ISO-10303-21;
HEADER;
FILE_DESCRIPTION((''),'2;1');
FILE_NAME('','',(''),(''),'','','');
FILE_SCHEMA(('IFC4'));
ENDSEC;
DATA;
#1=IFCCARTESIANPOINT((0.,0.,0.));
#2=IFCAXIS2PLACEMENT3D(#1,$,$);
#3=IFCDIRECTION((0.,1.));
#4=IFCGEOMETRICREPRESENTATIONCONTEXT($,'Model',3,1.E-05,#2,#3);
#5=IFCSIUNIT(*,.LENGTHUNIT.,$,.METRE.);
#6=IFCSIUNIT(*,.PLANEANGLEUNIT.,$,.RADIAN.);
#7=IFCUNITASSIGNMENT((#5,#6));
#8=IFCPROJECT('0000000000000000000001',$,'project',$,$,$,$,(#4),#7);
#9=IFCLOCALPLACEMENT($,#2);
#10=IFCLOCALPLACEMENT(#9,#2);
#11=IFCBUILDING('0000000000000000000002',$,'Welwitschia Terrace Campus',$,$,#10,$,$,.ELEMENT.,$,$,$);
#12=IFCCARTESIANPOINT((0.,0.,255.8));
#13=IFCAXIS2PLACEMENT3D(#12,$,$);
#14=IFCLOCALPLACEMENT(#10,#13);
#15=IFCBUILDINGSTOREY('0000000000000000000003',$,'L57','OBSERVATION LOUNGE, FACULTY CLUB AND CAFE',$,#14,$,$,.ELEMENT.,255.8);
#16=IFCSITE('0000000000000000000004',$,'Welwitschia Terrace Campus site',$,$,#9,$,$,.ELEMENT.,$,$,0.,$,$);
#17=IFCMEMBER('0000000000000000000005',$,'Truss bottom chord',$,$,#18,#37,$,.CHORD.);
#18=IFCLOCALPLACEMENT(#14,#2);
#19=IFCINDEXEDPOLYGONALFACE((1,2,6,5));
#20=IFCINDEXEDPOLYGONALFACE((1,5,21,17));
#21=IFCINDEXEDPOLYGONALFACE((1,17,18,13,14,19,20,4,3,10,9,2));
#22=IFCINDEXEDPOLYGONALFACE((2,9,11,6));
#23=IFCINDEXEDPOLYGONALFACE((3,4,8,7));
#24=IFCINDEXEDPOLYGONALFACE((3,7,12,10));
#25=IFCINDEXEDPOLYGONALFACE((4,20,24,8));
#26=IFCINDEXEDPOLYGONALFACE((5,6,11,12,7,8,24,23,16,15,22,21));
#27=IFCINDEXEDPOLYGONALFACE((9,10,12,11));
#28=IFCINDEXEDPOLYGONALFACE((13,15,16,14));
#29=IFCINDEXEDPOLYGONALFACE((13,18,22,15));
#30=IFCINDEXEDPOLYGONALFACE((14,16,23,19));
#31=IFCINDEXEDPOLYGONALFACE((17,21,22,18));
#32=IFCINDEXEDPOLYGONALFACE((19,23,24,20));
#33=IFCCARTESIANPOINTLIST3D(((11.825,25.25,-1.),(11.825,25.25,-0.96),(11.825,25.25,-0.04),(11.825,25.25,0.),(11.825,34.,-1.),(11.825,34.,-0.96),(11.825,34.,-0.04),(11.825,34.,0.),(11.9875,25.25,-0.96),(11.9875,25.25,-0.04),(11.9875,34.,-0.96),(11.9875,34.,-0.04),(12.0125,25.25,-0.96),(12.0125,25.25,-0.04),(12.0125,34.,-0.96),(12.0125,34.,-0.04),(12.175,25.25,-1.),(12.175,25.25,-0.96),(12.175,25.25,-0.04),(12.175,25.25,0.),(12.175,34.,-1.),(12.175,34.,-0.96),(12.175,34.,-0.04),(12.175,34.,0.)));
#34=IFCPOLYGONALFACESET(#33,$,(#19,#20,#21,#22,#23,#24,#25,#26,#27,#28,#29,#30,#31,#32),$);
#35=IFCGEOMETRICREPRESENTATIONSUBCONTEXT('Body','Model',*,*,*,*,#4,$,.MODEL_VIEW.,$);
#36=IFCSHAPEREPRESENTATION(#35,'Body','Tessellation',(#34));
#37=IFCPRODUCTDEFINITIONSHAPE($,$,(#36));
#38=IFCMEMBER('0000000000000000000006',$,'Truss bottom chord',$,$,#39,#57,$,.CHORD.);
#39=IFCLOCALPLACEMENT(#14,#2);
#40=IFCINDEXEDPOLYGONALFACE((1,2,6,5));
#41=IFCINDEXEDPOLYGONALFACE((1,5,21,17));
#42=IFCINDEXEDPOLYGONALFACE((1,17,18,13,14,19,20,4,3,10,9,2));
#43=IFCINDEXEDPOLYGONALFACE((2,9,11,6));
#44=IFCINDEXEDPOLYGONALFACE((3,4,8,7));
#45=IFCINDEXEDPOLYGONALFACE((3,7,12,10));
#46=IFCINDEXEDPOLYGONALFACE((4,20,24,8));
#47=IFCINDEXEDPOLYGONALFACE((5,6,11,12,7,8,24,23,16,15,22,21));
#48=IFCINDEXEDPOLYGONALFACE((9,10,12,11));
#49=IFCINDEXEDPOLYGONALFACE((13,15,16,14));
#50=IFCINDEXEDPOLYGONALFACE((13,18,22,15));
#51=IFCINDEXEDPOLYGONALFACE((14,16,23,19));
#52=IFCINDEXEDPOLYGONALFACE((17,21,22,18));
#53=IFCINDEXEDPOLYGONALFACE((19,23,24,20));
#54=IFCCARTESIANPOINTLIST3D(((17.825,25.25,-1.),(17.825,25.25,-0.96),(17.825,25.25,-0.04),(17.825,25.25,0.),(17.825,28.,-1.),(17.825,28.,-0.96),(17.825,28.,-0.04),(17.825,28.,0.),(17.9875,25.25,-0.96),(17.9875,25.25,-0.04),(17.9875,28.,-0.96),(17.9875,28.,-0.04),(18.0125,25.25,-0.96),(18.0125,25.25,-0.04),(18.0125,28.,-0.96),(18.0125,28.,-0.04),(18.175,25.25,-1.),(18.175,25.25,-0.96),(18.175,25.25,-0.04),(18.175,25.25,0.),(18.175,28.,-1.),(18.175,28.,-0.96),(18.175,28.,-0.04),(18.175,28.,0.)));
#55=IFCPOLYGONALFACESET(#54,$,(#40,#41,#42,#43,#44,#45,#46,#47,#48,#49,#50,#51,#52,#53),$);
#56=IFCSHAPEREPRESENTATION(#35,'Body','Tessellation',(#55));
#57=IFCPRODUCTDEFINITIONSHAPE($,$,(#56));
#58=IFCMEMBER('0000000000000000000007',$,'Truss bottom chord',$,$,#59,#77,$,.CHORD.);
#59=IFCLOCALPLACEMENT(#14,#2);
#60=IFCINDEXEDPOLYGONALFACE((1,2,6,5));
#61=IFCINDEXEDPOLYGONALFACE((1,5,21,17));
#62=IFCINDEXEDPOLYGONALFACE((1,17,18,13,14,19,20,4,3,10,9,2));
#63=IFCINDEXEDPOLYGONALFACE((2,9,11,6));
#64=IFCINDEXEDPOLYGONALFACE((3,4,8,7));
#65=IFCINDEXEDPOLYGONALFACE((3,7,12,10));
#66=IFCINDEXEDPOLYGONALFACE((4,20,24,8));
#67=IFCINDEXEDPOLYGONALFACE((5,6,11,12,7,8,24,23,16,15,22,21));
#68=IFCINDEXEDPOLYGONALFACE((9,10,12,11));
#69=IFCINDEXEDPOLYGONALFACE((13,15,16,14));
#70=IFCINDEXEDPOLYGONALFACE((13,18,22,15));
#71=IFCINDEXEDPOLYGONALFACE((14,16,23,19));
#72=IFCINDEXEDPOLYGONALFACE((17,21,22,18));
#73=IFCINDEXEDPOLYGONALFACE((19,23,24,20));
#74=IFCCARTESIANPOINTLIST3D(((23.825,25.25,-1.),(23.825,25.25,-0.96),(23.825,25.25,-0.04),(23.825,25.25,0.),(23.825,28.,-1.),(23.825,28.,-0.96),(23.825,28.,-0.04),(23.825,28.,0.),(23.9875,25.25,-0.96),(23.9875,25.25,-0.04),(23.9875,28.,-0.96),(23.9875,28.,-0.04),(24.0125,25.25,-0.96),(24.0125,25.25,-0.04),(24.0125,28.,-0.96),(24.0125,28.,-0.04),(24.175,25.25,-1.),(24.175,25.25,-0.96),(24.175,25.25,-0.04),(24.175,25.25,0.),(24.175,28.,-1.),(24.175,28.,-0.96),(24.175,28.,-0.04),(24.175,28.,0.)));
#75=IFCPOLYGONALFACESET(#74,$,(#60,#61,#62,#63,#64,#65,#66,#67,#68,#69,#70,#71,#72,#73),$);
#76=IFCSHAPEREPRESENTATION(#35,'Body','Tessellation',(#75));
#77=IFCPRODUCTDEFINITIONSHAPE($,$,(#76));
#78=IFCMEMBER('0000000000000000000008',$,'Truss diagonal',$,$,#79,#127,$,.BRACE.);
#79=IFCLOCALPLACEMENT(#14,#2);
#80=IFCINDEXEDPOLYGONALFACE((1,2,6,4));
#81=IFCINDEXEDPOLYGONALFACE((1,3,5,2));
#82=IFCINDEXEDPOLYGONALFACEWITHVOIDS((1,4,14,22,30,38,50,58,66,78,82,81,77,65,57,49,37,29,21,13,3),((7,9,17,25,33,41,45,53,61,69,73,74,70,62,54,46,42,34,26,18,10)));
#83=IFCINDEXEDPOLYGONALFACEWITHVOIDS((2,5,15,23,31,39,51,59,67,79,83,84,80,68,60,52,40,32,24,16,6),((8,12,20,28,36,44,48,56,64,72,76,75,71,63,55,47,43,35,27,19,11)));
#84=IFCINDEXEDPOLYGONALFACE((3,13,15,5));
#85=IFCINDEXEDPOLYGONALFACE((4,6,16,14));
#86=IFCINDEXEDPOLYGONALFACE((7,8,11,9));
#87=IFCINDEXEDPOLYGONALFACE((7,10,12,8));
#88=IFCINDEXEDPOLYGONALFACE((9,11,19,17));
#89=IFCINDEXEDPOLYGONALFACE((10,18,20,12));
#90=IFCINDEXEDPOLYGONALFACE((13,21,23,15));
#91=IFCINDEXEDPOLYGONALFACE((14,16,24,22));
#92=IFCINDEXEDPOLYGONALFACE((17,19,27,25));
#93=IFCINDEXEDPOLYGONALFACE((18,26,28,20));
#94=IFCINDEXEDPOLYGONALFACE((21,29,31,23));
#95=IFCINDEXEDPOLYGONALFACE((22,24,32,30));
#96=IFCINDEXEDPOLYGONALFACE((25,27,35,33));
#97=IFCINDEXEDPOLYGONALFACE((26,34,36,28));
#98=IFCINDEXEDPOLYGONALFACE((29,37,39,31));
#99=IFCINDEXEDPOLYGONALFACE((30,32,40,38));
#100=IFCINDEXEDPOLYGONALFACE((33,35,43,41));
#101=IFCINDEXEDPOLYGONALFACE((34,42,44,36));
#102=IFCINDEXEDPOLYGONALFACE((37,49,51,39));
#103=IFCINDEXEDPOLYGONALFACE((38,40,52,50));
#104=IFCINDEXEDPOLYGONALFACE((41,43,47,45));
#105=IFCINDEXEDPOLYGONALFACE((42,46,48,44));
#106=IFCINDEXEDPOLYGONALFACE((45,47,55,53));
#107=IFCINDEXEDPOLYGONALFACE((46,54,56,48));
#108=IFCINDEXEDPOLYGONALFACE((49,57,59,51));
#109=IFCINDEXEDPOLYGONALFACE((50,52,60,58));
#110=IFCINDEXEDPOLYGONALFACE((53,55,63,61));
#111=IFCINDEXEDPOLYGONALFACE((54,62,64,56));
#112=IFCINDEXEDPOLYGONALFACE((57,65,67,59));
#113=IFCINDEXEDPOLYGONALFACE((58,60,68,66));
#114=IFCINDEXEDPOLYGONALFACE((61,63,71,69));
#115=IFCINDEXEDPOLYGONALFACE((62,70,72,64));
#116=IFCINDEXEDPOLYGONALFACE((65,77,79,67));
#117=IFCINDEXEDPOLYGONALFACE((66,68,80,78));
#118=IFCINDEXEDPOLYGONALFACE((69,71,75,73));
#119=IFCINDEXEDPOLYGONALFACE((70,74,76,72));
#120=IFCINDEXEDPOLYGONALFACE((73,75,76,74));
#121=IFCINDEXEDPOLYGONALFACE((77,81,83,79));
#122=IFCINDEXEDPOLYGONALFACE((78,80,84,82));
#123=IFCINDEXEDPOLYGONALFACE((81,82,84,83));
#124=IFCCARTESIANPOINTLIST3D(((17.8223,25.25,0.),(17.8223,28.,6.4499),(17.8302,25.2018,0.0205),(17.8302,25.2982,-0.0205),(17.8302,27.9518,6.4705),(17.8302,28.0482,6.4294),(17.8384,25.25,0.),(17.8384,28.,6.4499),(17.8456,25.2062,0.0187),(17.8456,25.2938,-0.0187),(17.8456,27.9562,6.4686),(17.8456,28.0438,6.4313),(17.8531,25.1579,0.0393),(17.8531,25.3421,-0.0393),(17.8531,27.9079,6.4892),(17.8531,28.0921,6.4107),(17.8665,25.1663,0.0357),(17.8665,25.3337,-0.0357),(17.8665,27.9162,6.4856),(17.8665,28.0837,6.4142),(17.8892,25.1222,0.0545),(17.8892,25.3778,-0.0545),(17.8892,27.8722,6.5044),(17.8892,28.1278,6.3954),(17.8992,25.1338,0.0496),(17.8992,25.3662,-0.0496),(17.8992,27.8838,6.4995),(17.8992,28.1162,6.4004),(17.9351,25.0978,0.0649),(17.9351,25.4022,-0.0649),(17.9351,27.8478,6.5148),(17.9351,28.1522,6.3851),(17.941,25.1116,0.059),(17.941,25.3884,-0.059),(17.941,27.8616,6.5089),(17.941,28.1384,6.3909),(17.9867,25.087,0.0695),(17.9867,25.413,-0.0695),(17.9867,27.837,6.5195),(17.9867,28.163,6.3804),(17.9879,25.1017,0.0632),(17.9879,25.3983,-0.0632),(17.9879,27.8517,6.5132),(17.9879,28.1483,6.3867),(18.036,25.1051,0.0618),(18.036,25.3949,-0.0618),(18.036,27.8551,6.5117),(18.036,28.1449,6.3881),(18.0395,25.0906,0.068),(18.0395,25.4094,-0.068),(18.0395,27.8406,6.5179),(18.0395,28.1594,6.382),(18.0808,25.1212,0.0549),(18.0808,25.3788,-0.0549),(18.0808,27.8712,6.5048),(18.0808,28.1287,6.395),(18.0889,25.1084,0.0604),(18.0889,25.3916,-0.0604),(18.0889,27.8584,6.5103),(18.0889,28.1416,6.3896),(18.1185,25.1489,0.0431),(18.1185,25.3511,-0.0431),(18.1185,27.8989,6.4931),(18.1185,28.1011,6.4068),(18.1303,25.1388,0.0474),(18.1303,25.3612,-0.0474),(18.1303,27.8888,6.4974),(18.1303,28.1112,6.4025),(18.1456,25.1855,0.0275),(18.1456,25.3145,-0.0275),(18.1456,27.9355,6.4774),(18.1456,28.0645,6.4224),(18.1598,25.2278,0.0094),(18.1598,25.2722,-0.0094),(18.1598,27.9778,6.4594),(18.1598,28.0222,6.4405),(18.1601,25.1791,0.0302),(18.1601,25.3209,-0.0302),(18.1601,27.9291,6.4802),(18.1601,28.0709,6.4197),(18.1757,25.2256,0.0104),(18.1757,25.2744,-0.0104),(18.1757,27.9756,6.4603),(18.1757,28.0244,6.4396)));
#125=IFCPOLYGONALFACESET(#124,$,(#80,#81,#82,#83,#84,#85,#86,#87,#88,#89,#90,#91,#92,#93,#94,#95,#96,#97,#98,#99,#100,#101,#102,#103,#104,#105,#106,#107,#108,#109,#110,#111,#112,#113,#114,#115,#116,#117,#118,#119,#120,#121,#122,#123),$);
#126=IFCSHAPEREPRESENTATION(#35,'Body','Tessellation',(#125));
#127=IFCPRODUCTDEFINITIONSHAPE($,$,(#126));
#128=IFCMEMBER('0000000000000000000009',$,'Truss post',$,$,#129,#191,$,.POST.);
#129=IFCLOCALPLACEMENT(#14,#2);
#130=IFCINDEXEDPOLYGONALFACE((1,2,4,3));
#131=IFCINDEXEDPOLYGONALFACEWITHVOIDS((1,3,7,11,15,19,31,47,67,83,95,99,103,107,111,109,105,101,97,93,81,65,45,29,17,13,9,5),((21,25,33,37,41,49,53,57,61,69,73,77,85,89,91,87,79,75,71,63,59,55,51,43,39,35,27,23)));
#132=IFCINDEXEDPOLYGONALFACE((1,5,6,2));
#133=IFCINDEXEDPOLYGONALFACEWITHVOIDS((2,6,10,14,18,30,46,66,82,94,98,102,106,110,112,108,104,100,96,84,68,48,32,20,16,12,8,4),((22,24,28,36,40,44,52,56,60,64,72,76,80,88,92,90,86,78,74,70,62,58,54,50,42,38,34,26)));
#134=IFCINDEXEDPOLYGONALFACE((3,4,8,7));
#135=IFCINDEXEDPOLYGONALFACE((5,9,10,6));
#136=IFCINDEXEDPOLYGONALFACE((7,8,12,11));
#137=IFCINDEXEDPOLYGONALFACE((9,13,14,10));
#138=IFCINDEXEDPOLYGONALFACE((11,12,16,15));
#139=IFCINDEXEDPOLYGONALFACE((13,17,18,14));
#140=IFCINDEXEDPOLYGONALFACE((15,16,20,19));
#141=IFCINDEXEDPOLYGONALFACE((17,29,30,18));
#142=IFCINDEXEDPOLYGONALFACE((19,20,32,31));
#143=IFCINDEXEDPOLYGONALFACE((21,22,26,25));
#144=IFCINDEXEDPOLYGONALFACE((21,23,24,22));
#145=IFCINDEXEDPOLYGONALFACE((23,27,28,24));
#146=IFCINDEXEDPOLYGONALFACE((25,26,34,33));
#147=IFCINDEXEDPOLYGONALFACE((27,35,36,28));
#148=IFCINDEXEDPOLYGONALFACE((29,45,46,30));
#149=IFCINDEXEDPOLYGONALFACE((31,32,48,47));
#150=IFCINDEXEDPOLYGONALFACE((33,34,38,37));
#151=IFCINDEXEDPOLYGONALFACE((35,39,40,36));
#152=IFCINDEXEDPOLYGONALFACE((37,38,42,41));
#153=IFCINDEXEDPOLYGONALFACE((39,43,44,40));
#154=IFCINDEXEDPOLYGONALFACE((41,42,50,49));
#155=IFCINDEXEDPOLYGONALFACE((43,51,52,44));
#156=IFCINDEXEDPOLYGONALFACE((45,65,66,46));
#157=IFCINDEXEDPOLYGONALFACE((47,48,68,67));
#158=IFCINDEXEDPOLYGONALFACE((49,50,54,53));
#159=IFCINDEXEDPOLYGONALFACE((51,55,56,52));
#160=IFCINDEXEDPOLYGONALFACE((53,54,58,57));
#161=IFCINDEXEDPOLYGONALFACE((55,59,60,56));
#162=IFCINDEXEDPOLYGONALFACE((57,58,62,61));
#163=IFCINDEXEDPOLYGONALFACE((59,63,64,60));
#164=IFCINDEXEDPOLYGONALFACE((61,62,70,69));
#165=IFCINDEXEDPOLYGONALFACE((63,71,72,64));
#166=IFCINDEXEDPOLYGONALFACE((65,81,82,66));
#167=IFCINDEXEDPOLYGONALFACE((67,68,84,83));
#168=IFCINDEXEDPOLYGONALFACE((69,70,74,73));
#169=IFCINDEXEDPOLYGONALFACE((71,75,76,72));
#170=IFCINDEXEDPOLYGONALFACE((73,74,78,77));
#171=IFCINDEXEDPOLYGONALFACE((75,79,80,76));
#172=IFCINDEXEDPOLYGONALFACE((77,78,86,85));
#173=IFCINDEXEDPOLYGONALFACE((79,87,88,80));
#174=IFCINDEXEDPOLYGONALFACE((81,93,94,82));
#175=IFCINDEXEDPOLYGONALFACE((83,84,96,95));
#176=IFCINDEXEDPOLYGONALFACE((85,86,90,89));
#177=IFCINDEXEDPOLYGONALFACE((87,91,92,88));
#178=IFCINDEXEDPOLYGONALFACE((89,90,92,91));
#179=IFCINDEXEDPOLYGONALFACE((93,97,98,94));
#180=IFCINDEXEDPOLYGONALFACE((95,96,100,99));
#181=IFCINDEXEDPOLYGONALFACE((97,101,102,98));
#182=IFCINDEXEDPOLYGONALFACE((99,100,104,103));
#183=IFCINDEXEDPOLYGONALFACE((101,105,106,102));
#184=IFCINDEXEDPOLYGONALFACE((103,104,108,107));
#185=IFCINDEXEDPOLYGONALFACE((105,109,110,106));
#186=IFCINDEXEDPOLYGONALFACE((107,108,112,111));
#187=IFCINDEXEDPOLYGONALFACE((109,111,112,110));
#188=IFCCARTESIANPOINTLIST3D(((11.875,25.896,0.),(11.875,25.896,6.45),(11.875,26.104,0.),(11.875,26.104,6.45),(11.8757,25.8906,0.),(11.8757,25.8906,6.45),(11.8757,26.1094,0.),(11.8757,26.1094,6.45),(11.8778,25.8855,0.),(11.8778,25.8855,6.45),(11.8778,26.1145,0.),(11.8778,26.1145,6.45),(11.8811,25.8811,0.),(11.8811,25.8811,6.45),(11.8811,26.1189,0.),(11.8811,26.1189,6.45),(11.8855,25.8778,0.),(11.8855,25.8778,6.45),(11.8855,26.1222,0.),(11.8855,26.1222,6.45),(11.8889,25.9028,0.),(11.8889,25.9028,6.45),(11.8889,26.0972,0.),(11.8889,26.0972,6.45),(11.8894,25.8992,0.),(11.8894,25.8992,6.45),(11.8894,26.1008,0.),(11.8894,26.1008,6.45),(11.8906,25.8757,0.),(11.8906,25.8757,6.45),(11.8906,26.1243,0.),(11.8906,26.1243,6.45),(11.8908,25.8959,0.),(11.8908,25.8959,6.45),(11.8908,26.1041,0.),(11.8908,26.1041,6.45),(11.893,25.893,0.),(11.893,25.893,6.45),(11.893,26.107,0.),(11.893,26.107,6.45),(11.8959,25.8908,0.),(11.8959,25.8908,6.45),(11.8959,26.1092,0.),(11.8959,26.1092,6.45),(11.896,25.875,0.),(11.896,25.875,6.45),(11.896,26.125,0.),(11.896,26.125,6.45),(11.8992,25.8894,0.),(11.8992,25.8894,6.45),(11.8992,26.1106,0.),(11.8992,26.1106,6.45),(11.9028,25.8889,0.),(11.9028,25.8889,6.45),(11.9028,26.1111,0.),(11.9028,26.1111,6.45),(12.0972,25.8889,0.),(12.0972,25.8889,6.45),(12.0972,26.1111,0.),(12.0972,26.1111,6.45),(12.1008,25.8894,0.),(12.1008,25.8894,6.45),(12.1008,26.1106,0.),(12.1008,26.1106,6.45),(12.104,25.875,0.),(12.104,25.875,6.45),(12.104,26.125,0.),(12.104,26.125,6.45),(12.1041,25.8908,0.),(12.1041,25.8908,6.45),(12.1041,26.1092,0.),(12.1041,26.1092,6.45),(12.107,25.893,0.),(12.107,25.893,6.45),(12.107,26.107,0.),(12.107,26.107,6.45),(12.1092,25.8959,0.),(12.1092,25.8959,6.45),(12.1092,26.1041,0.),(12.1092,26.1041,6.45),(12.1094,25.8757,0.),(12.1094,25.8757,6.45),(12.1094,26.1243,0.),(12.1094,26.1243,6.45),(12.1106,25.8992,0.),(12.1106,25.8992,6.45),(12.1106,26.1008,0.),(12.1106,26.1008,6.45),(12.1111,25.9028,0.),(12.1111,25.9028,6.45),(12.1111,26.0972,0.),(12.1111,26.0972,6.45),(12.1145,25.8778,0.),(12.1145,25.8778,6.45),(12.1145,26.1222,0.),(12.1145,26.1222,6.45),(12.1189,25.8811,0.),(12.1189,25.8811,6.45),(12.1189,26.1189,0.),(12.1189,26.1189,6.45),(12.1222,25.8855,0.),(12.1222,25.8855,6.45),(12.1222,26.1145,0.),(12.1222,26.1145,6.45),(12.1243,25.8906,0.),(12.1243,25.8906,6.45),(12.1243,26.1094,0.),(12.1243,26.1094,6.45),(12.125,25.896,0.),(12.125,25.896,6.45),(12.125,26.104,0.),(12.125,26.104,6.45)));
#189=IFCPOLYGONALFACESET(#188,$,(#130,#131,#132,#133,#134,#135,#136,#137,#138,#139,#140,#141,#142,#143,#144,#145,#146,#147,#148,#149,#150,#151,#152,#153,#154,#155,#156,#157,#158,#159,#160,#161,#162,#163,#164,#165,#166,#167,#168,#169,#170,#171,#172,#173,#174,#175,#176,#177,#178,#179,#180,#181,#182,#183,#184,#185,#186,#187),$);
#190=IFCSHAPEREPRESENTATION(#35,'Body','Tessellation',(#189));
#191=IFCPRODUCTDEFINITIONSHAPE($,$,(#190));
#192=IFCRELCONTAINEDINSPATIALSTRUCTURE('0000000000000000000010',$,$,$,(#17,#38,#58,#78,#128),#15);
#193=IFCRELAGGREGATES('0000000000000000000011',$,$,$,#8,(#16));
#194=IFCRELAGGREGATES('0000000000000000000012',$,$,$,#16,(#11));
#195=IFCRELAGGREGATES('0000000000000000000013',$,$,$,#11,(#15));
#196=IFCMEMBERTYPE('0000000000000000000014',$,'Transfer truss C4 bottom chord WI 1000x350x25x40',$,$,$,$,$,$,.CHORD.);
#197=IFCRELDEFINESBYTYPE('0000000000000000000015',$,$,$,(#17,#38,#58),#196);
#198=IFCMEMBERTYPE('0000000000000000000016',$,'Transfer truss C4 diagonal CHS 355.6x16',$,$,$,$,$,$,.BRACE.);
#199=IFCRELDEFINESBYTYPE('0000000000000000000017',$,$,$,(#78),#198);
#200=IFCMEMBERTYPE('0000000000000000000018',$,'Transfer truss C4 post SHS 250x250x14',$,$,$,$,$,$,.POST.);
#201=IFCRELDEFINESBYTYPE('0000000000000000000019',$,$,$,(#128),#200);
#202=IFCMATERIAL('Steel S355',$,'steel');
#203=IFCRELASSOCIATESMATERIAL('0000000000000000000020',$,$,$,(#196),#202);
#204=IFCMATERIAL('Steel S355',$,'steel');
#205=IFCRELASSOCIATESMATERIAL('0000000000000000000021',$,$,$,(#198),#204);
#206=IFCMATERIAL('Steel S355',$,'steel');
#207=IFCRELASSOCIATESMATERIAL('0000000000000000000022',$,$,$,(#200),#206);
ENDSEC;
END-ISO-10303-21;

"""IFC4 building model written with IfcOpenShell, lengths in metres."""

from ifc_helpers import new_model, si_unit, direction, frame, origin, origin_2d, place, context, subcontext, project, spatial, hollow_rectangle, hollow_circle, i_section, extrude, material, material_profile, profile_set, type_object, element, save


model = new_model("IFC4")

# Units and contexts
model_context = context("Model", 3, precision=1e-05, world=origin(), true_north=direction((0.0, 1.0)))
body_context = subcontext(model_context, "Body", "Model", "MODEL_VIEW")
ifc_project = project(units=[si_unit("LENGTHUNIT", "METRE"), si_unit("PLANEANGLEUNIT", "RADIAN")], contexts=[model_context])

# Site, building, storey
site_placement = place(None, origin())
site = spatial("IfcSite", under=ifc_project, at=site_placement, Name="Welwitschia Terrace Campus site", CompositionType="ELEMENT", RefElevation=0.0)
building_placement = place(site_placement, origin())
building = spatial("IfcBuilding", under=site, at=building_placement, Name="Welwitschia Terrace Campus", CompositionType="ELEMENT")
storey_placement = place(building_placement, frame((0.0, 0.0, 255.8)))
storey = spatial("IfcBuildingStorey", under=building, at=storey_placement, Name="L57", Description="OBSERVATION LOUNGE, FACULTY CLUB AND CAFE", CompositionType="ELEMENT", Elevation=255.8)

# Members
ifc_material_1 = material(Name="Steel S355", Category="steel")
ifc_material_profile_1 = material_profile(ifc_material_1, i_section(OverallWidth=0.3501, OverallDepth=1.0, WebThickness=0.0249, FlangeThickness=0.04, at=origin_2d()))
ifc_profile_set_1 = profile_set([ifc_material_profile_1], Name="Steel S355")
member_type_1 = type_object("IfcMemberType", Name="Transfer truss C4 bottom chord WI 1000x350x25x40", PredefinedType="CHORD", material=ifc_profile_set_1)
member_1_placement = place(storey_placement, frame((12.0, 25.25, -0.5), z_axis=(0.0, 1.0, 0.0), x_axis=(-1.0, 0.0, 0.0)))
element("IfcMember", 1, at=member_1_placement, inside=storey, type_object=member_type_1, Name="Truss bottom chord", PredefinedType="CHORD", context=body_context, shape_type="SweptSolid", body=[
    extrude(i_section(OverallWidth=0.3501, OverallDepth=1.0, WebThickness=0.0249, FlangeThickness=0.04, at=origin_2d()), origin(), (0.0, 0.0, 1.0), 8.75),
])
for number, where, z_axis, x_axis, name in (
    (2, (18.0, 25.25, -0.5), (0.0, 1.0, 0.0), (-1.0, 0.0, 0.0), "Truss bottom chord"),
    (3, (24.0, 25.25, -0.5), (0.0, 1.0, 0.0), (-1.0, 0.0, 0.0), "Truss bottom chord"),
):
    element("IfcMember", number, at=place(storey_placement, frame(where, z_axis=z_axis, x_axis=x_axis)), inside=storey, type_object=member_type_1, Name=name, PredefinedType="CHORD", context=body_context, shape_type="SweptSolid", body=[
        extrude(i_section(OverallWidth=0.3501, OverallDepth=1.0, WebThickness=0.0249, FlangeThickness=0.04, at=origin_2d()), origin(), (0.0, 0.0, 1.0), 2.75),
    ])
ifc_material_2 = material(Name="Steel S355", Category="steel")
ifc_material_profile_2 = material_profile(ifc_material_2, hollow_circle(Radius=0.1777, WallThickness=0.0161, at=origin_2d()))
ifc_profile_set_2 = profile_set([ifc_material_profile_2], Name="Steel S355")
member_type_2 = type_object("IfcMemberType", Name="Transfer truss C4 diagonal CHS 355.6x16", PredefinedType="BRACE", material=ifc_profile_set_2)
member_2_placement = place(storey_placement, frame((18.0, 25.25, 0.0), z_axis=(0.0, 0.3922, 0.91988), x_axis=(-1.0, 0.0, 0.0)))
element("IfcMember", 4, at=member_2_placement, inside=storey, type_object=member_type_2, Name="Truss diagonal", PredefinedType="BRACE", context=body_context, shape_type="SweptSolid", body=[
    extrude(hollow_circle(Radius=0.1777, WallThickness=0.0161, at=origin_2d()), origin(), (0.0, 0.0, 1.0), 7.0117),
])
ifc_material_3 = material(Name="Steel S355", Category="steel")
ifc_material_profile_3 = material_profile(ifc_material_3, hollow_rectangle(XDim=0.25, YDim=0.25, WallThickness=0.0139, InnerFilletRadius=0.0139, OuterFilletRadius=0.021, at=origin_2d()))
ifc_profile_set_3 = profile_set([ifc_material_profile_3], Name="Steel S355")
member_type_3 = type_object("IfcMemberType", Name="Transfer truss C4 post SHS 250x250x14", PredefinedType="POST", material=ifc_profile_set_3)
for number, where, z_axis, x_axis, name in (
    (5, (12.0, 26.0, 0.0), (0.0, 0.0, 1.0), (1.0, 0.0, 0.0), "Truss post"),
):
    element("IfcMember", number, at=place(storey_placement, frame(where, z_axis=z_axis, x_axis=x_axis)), inside=storey, type_object=member_type_3, Name=name, PredefinedType="POST", context=body_context, shape_type="SweptSolid", body=[
        extrude(hollow_rectangle(XDim=0.25, YDim=0.25, WallThickness=0.0139, InnerFilletRadius=0.0139, OuterFilletRadius=0.021, at=origin_2d()), origin(), (0.0, 0.0, 1.0), 6.45),
    ])

save(model, "model.ifc")
